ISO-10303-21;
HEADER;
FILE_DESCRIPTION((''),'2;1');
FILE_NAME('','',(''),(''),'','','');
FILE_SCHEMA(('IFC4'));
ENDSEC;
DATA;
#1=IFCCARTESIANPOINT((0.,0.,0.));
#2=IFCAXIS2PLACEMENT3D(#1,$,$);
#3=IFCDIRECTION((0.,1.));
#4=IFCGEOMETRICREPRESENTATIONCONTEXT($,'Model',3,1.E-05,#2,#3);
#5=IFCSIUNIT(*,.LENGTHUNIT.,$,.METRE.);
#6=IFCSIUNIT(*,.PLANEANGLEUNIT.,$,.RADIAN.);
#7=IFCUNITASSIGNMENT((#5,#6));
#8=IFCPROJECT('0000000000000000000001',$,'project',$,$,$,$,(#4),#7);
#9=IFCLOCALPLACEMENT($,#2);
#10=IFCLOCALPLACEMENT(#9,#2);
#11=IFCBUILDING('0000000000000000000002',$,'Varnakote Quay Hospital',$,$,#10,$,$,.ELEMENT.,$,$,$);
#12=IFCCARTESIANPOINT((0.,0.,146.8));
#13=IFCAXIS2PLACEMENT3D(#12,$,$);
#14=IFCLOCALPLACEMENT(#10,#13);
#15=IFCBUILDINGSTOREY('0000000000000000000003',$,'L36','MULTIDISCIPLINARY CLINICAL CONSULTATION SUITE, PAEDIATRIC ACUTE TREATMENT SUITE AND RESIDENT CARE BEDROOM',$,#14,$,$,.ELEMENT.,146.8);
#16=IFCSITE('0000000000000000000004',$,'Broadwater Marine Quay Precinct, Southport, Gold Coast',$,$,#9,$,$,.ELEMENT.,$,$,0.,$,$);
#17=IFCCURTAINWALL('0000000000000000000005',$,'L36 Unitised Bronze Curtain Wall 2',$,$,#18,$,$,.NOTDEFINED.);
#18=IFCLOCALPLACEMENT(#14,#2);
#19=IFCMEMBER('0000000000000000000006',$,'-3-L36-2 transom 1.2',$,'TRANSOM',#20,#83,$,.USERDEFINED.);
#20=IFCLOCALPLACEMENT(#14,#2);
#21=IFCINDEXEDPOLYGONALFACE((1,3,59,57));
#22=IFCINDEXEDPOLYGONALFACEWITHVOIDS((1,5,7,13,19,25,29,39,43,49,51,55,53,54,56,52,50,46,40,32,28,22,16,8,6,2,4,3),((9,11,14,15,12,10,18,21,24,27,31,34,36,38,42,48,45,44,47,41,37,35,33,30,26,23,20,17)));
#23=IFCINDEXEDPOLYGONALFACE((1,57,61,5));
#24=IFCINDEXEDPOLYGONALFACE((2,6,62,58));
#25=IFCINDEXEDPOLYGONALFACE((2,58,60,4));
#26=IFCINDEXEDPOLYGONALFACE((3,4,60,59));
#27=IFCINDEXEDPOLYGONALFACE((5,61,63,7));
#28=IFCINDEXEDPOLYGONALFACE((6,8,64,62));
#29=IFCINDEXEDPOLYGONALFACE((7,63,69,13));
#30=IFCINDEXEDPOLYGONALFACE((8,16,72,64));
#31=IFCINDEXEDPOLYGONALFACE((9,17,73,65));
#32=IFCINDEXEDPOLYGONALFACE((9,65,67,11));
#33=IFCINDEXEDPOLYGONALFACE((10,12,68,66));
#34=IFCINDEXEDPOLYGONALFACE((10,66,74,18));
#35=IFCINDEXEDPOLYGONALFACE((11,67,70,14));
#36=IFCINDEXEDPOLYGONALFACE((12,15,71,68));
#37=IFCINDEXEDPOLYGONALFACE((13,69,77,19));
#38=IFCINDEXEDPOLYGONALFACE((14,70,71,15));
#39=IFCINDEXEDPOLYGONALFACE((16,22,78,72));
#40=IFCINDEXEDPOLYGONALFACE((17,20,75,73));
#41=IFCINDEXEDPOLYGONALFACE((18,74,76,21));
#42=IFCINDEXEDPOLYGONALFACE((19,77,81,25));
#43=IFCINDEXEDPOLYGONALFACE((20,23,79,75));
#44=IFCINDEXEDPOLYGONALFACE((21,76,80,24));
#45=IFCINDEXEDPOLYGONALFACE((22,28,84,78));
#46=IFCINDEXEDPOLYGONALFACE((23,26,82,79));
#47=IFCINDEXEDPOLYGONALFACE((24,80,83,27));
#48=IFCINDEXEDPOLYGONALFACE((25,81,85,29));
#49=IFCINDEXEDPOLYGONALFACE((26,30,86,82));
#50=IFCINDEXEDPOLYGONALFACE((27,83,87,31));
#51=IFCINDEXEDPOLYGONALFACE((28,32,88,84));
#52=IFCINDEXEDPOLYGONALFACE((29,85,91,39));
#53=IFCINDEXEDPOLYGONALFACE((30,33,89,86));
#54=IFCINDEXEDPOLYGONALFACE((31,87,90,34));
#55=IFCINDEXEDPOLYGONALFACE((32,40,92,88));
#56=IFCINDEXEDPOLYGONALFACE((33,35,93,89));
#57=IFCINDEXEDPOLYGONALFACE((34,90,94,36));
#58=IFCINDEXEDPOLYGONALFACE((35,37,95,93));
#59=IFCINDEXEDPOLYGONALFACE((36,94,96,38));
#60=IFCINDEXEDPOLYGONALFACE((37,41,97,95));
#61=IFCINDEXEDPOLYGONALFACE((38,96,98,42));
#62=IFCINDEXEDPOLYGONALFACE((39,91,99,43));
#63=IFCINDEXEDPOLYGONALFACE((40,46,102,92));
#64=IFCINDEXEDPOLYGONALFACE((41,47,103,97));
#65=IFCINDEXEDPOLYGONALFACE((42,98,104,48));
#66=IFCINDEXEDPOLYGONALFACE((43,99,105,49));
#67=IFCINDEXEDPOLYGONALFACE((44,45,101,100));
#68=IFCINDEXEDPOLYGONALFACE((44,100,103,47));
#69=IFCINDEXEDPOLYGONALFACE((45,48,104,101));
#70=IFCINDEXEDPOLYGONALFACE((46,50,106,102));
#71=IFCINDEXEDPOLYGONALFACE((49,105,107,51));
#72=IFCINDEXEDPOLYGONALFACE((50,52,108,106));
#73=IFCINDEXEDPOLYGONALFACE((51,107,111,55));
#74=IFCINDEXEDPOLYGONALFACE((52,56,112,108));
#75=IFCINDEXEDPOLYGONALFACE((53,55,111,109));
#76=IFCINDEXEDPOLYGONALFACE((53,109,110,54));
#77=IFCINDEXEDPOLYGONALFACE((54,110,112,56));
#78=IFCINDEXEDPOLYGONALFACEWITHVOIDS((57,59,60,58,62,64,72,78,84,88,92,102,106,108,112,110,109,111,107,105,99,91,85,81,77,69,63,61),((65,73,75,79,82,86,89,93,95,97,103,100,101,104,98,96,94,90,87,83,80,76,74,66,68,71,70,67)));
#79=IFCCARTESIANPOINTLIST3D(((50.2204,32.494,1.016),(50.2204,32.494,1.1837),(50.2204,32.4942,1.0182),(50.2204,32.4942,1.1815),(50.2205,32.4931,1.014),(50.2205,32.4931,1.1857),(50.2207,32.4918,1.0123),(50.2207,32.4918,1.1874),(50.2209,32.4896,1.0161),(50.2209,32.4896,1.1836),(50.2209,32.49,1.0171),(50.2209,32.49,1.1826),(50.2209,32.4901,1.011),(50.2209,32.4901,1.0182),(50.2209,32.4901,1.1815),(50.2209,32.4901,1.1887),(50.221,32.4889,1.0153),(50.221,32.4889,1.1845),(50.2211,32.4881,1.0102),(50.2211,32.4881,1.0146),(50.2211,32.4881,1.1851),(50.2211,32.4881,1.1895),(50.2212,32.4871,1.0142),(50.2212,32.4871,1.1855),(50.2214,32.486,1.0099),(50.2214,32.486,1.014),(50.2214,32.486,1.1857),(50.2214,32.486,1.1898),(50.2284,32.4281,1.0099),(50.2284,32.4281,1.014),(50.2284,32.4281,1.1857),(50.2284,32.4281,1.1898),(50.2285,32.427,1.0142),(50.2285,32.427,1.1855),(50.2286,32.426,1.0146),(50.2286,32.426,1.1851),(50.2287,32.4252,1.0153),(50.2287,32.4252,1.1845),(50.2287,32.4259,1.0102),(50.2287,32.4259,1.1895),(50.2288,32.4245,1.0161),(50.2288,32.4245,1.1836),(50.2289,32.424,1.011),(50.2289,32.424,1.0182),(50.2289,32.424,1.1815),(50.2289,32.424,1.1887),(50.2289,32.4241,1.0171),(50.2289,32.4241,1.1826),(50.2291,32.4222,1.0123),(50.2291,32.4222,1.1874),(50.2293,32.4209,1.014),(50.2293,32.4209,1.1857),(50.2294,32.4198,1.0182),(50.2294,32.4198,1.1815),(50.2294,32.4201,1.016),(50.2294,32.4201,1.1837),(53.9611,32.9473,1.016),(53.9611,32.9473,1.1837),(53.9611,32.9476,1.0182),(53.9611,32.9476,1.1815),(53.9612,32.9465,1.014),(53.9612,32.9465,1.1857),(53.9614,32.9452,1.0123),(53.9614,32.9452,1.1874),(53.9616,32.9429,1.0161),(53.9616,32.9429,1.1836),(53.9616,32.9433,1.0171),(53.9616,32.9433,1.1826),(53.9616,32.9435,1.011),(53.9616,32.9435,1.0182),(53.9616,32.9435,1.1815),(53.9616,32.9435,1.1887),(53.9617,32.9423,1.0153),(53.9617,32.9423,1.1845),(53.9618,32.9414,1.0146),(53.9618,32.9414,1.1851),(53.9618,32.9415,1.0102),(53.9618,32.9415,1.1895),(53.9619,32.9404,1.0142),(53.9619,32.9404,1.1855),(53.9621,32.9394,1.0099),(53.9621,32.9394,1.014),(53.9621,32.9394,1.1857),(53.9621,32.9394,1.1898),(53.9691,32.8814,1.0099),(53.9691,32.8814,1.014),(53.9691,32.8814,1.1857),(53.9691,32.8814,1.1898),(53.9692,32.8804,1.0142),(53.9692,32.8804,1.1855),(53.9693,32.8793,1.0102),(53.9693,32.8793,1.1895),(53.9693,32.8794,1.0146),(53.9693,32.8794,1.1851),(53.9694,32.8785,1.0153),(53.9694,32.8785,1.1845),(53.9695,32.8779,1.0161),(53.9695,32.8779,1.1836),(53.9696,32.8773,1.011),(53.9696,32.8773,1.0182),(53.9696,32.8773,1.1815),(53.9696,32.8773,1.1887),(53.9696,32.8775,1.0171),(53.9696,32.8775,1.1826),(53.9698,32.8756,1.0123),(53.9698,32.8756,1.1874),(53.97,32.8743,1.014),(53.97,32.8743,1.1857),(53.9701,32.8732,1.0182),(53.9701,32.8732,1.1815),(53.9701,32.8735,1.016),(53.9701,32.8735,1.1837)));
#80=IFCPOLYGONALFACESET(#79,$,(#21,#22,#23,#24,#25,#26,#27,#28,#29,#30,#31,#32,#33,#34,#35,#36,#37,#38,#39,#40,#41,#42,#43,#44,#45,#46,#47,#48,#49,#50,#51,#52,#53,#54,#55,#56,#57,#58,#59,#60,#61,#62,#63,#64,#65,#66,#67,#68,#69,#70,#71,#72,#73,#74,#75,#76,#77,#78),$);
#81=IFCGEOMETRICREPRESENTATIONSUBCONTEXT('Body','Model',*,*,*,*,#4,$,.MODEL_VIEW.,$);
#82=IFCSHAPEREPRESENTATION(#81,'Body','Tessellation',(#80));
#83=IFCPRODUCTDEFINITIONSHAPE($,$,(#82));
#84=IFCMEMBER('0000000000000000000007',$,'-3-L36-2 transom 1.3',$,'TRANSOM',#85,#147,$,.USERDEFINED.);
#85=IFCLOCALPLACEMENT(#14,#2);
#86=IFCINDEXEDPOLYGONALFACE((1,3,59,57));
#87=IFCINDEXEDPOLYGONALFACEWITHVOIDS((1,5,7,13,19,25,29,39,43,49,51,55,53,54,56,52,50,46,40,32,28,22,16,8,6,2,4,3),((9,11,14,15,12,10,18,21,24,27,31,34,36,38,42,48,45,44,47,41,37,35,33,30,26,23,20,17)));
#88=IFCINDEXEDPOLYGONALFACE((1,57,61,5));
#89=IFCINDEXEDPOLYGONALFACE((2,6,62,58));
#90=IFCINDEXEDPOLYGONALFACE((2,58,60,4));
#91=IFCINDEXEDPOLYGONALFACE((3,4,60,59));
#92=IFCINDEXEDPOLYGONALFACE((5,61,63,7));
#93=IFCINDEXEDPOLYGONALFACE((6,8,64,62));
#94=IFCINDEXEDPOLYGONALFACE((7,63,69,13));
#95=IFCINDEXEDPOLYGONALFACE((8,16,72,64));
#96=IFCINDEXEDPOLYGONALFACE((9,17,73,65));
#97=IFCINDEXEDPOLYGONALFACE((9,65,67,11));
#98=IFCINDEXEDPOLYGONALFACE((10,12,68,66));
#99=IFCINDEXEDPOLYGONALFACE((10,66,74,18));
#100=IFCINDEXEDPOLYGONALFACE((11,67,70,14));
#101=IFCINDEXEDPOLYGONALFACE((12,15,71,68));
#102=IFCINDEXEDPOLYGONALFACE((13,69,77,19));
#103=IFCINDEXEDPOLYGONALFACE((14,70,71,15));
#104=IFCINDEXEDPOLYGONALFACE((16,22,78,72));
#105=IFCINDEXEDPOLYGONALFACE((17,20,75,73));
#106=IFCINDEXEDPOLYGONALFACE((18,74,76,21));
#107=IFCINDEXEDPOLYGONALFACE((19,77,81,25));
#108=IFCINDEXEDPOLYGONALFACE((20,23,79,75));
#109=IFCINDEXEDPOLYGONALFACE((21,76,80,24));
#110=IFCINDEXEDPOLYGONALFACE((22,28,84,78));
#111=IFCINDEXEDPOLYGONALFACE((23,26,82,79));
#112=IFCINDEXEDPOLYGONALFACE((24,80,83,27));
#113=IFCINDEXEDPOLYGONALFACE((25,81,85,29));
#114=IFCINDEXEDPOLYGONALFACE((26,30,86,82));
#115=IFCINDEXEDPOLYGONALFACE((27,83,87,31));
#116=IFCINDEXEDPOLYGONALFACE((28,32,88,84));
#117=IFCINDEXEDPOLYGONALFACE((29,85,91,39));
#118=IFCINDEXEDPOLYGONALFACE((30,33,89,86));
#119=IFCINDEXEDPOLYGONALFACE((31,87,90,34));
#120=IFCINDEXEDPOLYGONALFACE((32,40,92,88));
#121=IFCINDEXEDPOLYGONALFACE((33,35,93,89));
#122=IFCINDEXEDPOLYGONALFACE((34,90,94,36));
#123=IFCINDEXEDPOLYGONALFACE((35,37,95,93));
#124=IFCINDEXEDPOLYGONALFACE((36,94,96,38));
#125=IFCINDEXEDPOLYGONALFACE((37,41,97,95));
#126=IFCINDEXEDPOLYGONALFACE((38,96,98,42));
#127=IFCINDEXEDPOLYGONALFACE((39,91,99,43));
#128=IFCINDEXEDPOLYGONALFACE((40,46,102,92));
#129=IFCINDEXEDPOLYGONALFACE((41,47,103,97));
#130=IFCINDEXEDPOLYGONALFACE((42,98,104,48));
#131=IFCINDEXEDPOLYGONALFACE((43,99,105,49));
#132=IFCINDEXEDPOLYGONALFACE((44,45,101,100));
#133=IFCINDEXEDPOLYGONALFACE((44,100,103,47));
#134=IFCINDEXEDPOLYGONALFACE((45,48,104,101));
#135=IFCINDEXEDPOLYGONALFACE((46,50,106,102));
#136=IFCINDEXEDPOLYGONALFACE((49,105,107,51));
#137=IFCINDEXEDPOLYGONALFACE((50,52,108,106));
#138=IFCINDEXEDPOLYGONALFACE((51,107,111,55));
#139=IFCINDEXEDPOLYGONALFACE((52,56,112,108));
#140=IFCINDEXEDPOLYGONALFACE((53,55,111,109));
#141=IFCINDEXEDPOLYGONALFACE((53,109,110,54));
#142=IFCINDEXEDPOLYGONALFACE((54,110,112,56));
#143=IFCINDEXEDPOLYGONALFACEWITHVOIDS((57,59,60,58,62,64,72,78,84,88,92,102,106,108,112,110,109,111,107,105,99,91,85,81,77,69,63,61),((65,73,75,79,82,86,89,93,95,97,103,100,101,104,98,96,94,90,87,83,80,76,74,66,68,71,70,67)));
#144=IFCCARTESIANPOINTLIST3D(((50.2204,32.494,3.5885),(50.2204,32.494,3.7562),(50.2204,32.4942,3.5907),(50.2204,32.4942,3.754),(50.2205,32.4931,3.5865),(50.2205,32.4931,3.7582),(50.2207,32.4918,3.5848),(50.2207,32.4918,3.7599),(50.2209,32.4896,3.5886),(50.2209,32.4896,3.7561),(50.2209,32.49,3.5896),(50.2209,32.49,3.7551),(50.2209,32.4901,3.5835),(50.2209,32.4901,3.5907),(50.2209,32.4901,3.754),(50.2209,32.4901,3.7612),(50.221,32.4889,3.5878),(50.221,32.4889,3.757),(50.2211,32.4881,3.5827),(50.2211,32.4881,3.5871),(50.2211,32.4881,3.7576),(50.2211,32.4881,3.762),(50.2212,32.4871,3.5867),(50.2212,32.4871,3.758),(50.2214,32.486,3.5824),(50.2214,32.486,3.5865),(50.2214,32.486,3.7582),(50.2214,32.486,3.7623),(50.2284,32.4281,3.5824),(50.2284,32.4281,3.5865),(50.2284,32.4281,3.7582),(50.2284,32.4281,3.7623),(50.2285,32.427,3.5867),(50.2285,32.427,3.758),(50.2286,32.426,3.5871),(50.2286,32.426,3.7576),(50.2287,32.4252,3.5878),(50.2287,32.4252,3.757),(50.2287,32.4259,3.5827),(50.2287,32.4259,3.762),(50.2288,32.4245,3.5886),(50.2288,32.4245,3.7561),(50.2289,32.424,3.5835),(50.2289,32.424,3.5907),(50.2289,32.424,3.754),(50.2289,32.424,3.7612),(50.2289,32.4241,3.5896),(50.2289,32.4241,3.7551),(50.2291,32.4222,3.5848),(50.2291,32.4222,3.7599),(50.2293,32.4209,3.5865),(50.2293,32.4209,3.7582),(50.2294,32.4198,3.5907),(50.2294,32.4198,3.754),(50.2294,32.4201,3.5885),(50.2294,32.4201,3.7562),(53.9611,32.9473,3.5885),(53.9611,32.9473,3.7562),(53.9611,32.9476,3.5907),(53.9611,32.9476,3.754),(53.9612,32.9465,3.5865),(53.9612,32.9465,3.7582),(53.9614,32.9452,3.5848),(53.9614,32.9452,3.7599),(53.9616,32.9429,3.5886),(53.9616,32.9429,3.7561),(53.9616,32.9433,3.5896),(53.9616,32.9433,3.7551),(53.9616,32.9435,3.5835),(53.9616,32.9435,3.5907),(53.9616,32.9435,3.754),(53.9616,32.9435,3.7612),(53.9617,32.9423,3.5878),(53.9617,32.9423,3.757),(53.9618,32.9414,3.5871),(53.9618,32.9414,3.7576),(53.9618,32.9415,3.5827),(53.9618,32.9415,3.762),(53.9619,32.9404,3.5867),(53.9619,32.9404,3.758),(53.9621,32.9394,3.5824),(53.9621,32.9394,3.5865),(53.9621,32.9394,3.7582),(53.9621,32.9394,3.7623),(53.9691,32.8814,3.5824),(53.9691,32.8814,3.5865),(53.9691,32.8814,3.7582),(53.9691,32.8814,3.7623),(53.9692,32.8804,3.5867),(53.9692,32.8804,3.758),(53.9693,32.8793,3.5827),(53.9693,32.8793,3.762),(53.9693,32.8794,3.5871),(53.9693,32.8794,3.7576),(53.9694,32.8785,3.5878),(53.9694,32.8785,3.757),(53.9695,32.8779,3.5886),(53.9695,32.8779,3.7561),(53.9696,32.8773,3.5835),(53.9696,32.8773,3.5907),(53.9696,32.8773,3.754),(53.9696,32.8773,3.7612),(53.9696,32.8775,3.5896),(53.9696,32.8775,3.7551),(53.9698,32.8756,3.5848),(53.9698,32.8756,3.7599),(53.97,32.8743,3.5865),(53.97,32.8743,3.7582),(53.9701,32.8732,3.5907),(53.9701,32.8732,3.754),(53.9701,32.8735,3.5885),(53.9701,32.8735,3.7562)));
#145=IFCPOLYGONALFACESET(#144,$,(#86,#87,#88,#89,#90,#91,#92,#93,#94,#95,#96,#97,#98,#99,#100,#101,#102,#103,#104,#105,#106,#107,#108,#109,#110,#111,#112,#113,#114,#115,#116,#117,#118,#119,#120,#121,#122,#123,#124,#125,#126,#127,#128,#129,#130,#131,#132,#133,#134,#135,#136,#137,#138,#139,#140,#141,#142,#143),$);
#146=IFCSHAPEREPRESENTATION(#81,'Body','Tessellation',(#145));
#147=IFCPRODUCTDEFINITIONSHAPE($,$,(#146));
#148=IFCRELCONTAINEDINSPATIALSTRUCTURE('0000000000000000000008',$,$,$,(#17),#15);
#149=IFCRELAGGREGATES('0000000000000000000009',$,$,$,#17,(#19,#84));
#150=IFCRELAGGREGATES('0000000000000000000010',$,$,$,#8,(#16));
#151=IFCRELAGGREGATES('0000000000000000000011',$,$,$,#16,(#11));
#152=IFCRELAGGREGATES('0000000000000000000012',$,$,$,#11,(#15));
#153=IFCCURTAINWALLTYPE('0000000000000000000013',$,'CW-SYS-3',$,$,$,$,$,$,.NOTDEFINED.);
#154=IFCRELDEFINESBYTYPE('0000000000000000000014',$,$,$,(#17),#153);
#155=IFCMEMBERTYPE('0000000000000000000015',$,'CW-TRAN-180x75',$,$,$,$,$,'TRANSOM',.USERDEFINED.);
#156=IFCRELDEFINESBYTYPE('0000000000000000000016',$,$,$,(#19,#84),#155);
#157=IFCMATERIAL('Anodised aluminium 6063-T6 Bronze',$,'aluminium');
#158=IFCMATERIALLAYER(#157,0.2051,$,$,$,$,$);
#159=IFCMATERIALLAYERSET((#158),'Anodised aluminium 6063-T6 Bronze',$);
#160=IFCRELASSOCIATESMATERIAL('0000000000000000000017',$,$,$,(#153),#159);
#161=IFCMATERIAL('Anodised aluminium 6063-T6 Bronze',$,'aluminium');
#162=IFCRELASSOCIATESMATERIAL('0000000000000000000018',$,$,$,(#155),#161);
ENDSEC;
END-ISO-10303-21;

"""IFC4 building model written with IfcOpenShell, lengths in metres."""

from ifc_helpers import new_model, si_unit, direction, frame, origin, origin_2d, place, context, subcontext, project, spatial, hollow_rectangle, extrude, material, layer, layer_set, material_profile, profile_set, type_object, element, aggregate, save


model = new_model("IFC4")

# Units and contexts
model_context = context("Model", 3, precision=1e-05, world=origin(), true_north=direction((0.0, 1.0)))
body_context = subcontext(model_context, "Body", "Model", "MODEL_VIEW")
ifc_project = project(units=[si_unit("LENGTHUNIT", "METRE"), si_unit("PLANEANGLEUNIT", "RADIAN")], contexts=[model_context])

# Site, building, storey
site_placement = place(None, origin())
site = spatial("IfcSite", under=ifc_project, at=site_placement, Name="Broadwater Marine Quay Precinct, Southport, Gold Coast", CompositionType="ELEMENT", RefElevation=0.0)
building_placement = place(site_placement, origin())
building = spatial("IfcBuilding", under=site, at=building_placement, Name="Varnakote Quay Hospital", CompositionType="ELEMENT")
storey_placement = place(building_placement, frame((0.0, 0.0, 146.8)))
storey = spatial("IfcBuildingStorey", under=building, at=storey_placement, Name="L36", Description="MULTIDISCIPLINARY CLINICAL CONSULTATION SUITE, PAEDIATRIC ACUTE TREATMENT SUITE AND RESIDENT CARE BEDROOM", CompositionType="ELEMENT", Elevation=146.8)

# Shared definitions
ifc_material_1 = material(Name="Anodised aluminium 6063-T6 Bronze", Category="aluminium")
ifc_layer_1 = layer(ifc_material_1, 0.2051)
ifc_layer_set_1 = layer_set([ifc_layer_1], Name="Anodised aluminium 6063-T6 Bronze")
curtain_wall_type = type_object("IfcCurtainWallType", Name="CW-SYS-3", PredefinedType="NOTDEFINED", material=ifc_layer_set_1)

# Curtain wall, members
curtain_wall_1_placement = place(storey_placement, origin())
curtain_wall_1 = element("IfcCurtainWall", 1, at=curtain_wall_1_placement, inside=storey, type_object=curtain_wall_type, Name="L36 Unitised Bronze Curtain Wall 2", PredefinedType="NOTDEFINED")
ifc_material_2 = material(Name="Anodised aluminium 6063-T6 Bronze", Category="aluminium")
ifc_material_profile_1 = material_profile(ifc_material_2, hollow_rectangle(XDim=0.075, YDim=0.1799, WallThickness=0.0042, InnerFilletRadius=0.0042, OuterFilletRadius=0.0083, at=origin_2d()), Name="CW-TRAN-180x75")
ifc_profile_set_1 = profile_set([ifc_material_profile_1], Name="Anodised aluminium 6063-T6 Bronze")
member_type_1 = type_object("IfcMemberType", Name="CW-TRAN-180x75", ElementType="TRANSOM", PredefinedType="USERDEFINED", material=ifc_profile_set_1)
member_1_placement = place(storey_placement, frame((53.9656, 32.9104, 1.0999), z_axis=(-0.992735, -0.120318, 0.0), x_axis=(0.120318, -0.992735, 0.0)))
member_1 = element("IfcMember", 2, at=member_1_placement, type_object=member_type_1, Name="-3-L36-2 transom 1.2", ObjectType="TRANSOM", PredefinedType="USERDEFINED", context=body_context, shape_type="SweptSolid", body=[
    extrude(hollow_rectangle(XDim=0.075, YDim=0.1799, WallThickness=0.0042, InnerFilletRadius=0.0042, OuterFilletRadius=0.0083, at=origin_2d()), origin(), (0.0, 0.0, 1.0), 3.7681),
])
member_2_placement = place(storey_placement, frame((53.9656, 32.9104, 3.6724), z_axis=(-0.992735, -0.120318, 0.0), x_axis=(0.120318, -0.992735, 0.0)))
member_2 = element("IfcMember", 3, at=member_2_placement, type_object=member_type_1, Name="-3-L36-2 transom 1.3", ObjectType="TRANSOM", PredefinedType="USERDEFINED", context=body_context, shape_type="SweptSolid", body=[
    extrude(hollow_rectangle(XDim=0.075, YDim=0.1799, WallThickness=0.0042, InnerFilletRadius=0.0042, OuterFilletRadius=0.0083, at=origin_2d()), origin(), (0.0, 0.0, 1.0), 3.7681),
])

aggregate(curtain_wall_1, [member_1, member_2])

save(model, "model.ifc")
